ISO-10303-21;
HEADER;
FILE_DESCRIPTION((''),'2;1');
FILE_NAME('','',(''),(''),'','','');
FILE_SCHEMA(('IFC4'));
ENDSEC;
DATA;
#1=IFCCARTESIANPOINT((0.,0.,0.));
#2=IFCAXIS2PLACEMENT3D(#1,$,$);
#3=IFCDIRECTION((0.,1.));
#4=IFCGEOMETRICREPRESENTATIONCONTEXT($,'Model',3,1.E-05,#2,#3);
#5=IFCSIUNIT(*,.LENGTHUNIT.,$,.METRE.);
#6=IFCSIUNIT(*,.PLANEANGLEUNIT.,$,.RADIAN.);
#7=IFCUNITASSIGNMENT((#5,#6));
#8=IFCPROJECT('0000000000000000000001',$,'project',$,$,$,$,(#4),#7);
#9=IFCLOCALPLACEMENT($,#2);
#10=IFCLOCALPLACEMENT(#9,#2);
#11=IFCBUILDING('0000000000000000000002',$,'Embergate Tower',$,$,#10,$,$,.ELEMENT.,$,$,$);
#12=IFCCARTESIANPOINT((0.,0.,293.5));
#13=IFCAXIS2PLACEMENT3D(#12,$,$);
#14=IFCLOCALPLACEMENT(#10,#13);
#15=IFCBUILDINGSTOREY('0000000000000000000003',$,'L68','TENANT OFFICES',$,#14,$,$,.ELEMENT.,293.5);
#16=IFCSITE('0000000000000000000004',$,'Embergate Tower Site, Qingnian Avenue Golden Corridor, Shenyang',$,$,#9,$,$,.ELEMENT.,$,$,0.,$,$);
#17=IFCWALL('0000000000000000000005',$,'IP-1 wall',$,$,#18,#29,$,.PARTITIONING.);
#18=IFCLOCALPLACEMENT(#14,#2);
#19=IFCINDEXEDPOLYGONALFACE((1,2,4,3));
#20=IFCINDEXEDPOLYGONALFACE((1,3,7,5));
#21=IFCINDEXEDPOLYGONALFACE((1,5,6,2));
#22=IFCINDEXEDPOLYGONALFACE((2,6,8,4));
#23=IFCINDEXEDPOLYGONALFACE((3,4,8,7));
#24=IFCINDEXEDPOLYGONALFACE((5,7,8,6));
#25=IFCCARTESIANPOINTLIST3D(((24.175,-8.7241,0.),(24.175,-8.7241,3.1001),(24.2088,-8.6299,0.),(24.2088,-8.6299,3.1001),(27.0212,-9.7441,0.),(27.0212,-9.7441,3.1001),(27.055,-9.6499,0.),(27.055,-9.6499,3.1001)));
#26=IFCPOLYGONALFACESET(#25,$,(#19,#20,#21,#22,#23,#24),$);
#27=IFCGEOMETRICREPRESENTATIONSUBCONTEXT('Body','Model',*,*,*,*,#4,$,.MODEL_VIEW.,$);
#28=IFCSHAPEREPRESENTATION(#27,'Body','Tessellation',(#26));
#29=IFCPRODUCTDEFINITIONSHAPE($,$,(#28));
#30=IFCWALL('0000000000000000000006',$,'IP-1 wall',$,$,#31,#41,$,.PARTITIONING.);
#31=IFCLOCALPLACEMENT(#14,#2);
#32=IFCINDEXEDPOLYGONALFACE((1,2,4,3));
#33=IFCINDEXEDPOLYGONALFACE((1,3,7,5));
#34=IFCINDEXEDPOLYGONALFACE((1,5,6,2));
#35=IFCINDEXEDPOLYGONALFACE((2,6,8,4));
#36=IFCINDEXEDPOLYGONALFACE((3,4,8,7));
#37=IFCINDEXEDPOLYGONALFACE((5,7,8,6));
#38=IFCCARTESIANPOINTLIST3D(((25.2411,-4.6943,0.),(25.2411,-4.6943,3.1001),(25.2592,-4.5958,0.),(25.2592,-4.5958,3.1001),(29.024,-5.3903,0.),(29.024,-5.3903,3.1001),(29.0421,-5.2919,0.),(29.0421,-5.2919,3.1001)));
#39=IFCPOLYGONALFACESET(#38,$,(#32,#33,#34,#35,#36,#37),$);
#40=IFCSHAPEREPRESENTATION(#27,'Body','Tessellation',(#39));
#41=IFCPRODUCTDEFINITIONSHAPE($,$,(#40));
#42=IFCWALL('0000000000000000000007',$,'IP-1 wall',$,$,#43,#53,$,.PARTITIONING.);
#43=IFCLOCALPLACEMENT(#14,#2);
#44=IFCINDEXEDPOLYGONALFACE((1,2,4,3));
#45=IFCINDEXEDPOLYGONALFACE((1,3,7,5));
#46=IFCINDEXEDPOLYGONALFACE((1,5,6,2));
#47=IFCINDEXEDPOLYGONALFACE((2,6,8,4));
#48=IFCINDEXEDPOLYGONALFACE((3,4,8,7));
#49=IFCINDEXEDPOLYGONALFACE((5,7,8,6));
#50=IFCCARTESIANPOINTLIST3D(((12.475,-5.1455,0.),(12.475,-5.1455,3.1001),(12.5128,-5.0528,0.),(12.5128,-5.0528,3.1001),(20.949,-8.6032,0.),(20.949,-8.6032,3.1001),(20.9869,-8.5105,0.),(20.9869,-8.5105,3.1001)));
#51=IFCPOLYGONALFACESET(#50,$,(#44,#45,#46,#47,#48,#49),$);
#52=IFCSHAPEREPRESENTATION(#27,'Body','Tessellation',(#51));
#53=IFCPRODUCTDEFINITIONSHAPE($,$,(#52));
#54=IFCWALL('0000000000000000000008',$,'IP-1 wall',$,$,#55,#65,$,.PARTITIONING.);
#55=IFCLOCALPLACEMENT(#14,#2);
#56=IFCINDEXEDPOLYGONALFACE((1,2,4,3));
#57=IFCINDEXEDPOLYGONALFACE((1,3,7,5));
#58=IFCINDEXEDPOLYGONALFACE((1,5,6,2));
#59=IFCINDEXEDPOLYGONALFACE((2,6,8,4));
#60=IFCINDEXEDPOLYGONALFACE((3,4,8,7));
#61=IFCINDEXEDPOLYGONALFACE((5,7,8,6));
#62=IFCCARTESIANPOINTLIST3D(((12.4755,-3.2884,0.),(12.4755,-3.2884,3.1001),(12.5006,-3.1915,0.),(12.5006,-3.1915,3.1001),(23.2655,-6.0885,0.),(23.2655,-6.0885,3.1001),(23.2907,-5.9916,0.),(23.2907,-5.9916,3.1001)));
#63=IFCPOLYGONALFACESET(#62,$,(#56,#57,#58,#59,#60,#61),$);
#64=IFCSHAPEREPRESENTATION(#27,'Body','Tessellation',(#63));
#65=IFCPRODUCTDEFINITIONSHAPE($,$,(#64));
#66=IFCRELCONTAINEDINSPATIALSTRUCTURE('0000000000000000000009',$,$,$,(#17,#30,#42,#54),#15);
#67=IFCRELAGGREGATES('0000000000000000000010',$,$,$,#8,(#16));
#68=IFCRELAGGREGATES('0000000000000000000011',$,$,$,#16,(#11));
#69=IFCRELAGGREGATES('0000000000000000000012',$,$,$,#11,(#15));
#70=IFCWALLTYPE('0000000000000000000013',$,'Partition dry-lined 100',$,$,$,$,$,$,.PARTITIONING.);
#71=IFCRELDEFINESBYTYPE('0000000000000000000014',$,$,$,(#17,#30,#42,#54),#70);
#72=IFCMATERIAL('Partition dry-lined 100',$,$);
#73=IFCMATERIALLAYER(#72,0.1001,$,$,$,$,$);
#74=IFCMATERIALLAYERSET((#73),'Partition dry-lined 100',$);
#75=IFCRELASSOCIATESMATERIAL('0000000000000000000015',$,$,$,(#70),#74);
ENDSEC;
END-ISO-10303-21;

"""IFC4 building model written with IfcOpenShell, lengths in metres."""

from ifc_helpers import new_model, si_unit, direction, frame, frame_2d, origin, place, context, subcontext, project, spatial, rectangle, extrude, source, transform, mapped, material, layer, layer_set, type_object, element, save


model = new_model("IFC4")

# Units and contexts
model_context = context("Model", 3, precision=1e-05, world=origin(), true_north=direction((0.0, 1.0)))
body_context = subcontext(model_context, "Body", "Model", "MODEL_VIEW")
ifc_project = project(units=[si_unit("LENGTHUNIT", "METRE"), si_unit("PLANEANGLEUNIT", "RADIAN")], contexts=[model_context])

# Site, building, storey
site_placement = place(None, origin())
site = spatial("IfcSite", under=ifc_project, at=site_placement, Name="Embergate Tower Site, Qingnian Avenue Golden Corridor, Shenyang", CompositionType="ELEMENT", RefElevation=0.0)
building_placement = place(site_placement, origin())
building = spatial("IfcBuilding", under=site, at=building_placement, Name="Embergate Tower", CompositionType="ELEMENT")
storey_placement = place(building_placement, frame((0.0, 0.0, 293.5)))
storey = spatial("IfcBuildingStorey", under=building, at=storey_placement, Name="L68", Description="TENANT OFFICES", CompositionType="ELEMENT", Elevation=293.5)

# Walls
ifc_material_1 = material(Name="Partition dry-lined 100")
ifc_layer_1 = layer(ifc_material_1, 0.1001)
ifc_layer_set_1 = layer_set([ifc_layer_1], Name="Partition dry-lined 100")
wall_type_1 = type_object("IfcWallType", Name="Partition dry-lined 100", PredefinedType="PARTITIONING", material=ifc_layer_set_1)
shared_shape_1 = source(origin(), body_context, "Body", "SweptSolid", [
    extrude(rectangle(XDim=3.0234, YDim=0.1001, at=frame_2d((1.5117, 0.0))), origin(), (0.0, 0.0, 1.0), 3.1001),
])
wall_1_placement = place(storey_placement, frame((24.1919, -8.677, 0.0), z_axis=(0.0, 0.0, 1.0), x_axis=(0.941372, -0.337369, 0.0)))
element("IfcWall", 1, at=wall_1_placement, inside=storey, type_object=wall_type_1, Name="IP-1 wall", PredefinedType="PARTITIONING", context=body_context, shape_type="MappedRepresentation", body=[
    mapped(shared_shape_1, transform((0.0, 0.0, 0.0))),
])
shared_shape_2 = source(origin(), body_context, "Body", "SweptSolid", [
    extrude(rectangle(XDim=3.8464, YDim=0.1001, at=frame_2d((1.9233, 0.0))), origin(), (0.0, 0.0, 1.0), 3.1001),
])
wall_2_placement = place(storey_placement, frame((25.25, -4.645, 0.0), z_axis=(0.0, 0.0, 1.0), x_axis=(0.983491, -0.180957, 0.0)))
element("IfcWall", 2, at=wall_2_placement, inside=storey, type_object=wall_type_1, Name="IP-1 wall", PredefinedType="PARTITIONING", context=body_context, shape_type="MappedRepresentation", body=[
    mapped(shared_shape_2, transform((0.0, 0.0, 0.0))),
])
shared_shape_3 = source(origin(), body_context, "Body", "SweptSolid", [
    extrude(rectangle(XDim=9.1523, YDim=0.1001, at=frame_2d((4.5762, 0.0))), origin(), (0.0, 0.0, 1.0), 3.1001),
])
wall_3_placement = place(storey_placement, frame((12.4939, -5.0991, 0.0), z_axis=(0.0, 0.0, 1.0), x_axis=(0.925888, -0.377798, 0.0)))
element("IfcWall", 3, at=wall_3_placement, inside=storey, type_object=wall_type_1, Name="IP-1 wall", PredefinedType="PARTITIONING", context=body_context, shape_type="MappedRepresentation", body=[
    mapped(shared_shape_3, transform((0.0, 0.0, 0.0))),
])
shared_shape_4 = source(origin(), body_context, "Body", "SweptSolid", [
    extrude(rectangle(XDim=11.1475, YDim=0.1001, at=frame_2d((5.5737, 0.0))), origin(), (0.0, 0.0, 1.0), 3.1001),
])
wall_4_placement = place(storey_placement, frame((12.488, -3.24, 0.0), z_axis=(0.0, 0.0, 1.0), x_axis=(0.96794, -0.251183, 0.0)))
element("IfcWall", 4, at=wall_4_placement, inside=storey, type_object=wall_type_1, Name="IP-1 wall", PredefinedType="PARTITIONING", context=body_context, shape_type="MappedRepresentation", body=[
    mapped(shared_shape_4, transform((0.0, 0.0, 0.0))),
])

save(model, "model.ifc")
